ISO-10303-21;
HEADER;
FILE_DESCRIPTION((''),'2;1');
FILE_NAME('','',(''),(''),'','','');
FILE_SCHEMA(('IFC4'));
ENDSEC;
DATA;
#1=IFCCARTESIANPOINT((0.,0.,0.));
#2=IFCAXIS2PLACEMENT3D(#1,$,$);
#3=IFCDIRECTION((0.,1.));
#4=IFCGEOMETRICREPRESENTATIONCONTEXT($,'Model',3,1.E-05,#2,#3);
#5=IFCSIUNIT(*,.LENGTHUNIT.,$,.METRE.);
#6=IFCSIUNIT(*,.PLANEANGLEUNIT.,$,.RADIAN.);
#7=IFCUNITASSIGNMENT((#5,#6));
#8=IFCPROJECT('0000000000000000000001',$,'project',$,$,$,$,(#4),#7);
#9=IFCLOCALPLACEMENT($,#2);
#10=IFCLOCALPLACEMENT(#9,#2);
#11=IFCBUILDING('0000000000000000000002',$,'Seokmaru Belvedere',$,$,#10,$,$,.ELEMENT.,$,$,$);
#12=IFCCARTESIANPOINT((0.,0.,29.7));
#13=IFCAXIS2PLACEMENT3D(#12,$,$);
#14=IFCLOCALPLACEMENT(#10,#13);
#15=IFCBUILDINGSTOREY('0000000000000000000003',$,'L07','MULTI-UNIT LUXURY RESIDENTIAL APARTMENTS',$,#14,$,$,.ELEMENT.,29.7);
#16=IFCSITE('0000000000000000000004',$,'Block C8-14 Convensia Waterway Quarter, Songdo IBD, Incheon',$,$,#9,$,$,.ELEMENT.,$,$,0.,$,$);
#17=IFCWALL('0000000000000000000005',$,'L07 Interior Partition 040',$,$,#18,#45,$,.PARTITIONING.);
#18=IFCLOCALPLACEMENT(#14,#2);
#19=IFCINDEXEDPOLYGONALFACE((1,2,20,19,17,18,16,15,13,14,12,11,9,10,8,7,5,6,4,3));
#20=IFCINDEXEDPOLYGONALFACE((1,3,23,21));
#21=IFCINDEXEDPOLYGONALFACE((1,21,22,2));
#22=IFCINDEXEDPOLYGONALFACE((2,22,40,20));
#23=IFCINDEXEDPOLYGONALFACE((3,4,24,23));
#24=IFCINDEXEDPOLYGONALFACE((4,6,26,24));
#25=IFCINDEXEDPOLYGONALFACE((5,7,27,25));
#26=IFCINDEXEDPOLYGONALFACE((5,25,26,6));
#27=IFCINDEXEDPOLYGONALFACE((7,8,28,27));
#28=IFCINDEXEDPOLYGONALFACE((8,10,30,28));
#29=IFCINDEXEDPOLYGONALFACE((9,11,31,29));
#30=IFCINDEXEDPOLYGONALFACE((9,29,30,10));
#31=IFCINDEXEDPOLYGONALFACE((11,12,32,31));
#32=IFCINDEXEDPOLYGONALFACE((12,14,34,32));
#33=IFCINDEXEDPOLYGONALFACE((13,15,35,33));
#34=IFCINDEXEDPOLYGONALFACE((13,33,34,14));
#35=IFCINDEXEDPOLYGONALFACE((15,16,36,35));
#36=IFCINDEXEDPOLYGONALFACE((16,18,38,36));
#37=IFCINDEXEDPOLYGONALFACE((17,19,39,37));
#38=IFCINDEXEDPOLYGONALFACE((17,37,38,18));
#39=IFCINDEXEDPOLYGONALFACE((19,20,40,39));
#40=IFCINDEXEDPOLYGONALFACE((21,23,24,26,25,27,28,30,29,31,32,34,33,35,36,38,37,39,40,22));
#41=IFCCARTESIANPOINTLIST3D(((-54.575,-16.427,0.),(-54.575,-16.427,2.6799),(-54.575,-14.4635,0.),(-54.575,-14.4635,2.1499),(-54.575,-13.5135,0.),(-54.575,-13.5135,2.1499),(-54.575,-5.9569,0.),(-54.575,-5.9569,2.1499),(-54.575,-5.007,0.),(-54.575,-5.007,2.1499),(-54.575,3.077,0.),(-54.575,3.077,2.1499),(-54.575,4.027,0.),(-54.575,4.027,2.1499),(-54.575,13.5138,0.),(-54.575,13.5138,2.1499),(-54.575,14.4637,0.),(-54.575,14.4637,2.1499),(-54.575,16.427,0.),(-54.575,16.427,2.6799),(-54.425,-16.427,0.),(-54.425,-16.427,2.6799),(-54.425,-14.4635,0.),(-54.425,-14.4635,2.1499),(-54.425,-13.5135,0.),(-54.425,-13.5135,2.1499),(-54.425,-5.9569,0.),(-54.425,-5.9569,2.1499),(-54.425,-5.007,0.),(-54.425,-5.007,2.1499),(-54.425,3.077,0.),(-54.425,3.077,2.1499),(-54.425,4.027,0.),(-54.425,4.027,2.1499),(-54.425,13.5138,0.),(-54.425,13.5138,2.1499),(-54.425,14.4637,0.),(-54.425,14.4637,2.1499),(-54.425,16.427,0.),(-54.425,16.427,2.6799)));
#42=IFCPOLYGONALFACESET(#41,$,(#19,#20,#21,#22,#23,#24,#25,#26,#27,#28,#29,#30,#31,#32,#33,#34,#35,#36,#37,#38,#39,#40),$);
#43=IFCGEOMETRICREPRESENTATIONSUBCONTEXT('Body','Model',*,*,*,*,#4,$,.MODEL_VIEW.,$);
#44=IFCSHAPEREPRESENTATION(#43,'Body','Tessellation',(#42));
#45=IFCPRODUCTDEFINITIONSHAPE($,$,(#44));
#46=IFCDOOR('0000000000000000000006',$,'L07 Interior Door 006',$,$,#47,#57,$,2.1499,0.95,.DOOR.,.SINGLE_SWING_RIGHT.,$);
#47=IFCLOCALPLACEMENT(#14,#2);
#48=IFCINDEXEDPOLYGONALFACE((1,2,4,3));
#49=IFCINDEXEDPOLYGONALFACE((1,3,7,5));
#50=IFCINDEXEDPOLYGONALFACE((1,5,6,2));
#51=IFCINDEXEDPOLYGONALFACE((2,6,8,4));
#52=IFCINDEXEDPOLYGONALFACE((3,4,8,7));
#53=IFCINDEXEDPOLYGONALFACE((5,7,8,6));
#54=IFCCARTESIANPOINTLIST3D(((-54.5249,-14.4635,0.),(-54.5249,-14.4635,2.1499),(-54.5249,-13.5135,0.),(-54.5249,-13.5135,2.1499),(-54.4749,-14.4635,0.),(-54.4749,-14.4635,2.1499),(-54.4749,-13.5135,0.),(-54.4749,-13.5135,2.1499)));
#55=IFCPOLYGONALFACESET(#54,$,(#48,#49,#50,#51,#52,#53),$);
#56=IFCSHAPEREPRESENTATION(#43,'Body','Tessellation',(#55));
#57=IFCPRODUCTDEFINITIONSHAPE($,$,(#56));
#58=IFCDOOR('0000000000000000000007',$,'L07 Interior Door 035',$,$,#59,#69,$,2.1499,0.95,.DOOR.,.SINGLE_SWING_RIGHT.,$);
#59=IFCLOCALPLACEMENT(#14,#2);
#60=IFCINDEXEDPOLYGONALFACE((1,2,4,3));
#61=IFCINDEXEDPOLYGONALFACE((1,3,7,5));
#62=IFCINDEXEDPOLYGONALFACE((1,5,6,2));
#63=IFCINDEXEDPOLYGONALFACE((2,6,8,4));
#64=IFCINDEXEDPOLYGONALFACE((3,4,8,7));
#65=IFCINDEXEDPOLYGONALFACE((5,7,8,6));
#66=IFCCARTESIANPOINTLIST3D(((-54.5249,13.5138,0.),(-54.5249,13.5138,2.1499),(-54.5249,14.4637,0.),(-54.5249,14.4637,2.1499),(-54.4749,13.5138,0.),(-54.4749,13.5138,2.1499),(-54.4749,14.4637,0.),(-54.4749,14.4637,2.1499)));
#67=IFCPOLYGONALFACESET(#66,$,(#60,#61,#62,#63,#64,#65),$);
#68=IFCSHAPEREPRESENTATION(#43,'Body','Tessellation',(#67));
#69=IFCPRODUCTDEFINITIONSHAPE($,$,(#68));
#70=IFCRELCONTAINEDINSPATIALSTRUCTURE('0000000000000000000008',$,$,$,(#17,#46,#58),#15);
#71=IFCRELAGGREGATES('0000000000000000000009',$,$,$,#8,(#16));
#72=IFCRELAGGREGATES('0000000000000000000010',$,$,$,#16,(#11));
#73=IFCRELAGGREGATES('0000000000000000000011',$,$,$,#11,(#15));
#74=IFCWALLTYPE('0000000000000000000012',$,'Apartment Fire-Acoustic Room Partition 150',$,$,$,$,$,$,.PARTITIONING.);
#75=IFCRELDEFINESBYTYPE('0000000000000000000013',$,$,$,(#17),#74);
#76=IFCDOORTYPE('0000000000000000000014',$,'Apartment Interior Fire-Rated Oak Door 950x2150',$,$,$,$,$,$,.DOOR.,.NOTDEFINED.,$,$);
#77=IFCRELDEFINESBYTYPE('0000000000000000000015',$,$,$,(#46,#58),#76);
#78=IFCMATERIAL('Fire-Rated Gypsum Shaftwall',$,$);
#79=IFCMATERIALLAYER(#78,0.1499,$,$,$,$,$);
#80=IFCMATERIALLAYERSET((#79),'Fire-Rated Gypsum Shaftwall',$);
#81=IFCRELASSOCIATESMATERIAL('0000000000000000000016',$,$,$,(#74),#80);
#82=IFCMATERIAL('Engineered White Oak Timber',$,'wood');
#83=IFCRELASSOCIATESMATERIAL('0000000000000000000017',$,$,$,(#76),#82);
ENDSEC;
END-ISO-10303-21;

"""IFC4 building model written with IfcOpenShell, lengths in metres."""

from ifc_helpers import new_model, si_unit, direction, frame, frame_2d, origin, place, context, subcontext, project, spatial, rectangle, extrude, source, transform, mapped, material, layer, layer_set, type_object, type_shapes, element, fill, save


model = new_model("IFC4")

# Units and contexts
model_context = context("Model", 3, precision=1e-05, world=origin(), true_north=direction((0.0, 1.0)))
body_context = subcontext(model_context, "Body", "Model", "MODEL_VIEW")
ifc_project = project(units=[si_unit("LENGTHUNIT", "METRE"), si_unit("PLANEANGLEUNIT", "RADIAN")], contexts=[model_context])

# Site, building, storey
site_placement = place(None, origin())
site = spatial("IfcSite", under=ifc_project, at=site_placement, Name="Block C8-14 Convensia Waterway Quarter, Songdo IBD, Incheon", CompositionType="ELEMENT", RefElevation=0.0)
building_placement = place(site_placement, origin())
building = spatial("IfcBuilding", under=site, at=building_placement, Name="Seokmaru Belvedere", CompositionType="ELEMENT")
storey_placement = place(building_placement, frame((0.0, 0.0, 29.7)))
storey = spatial("IfcBuildingStorey", under=building, at=storey_placement, Name="L07", Description="MULTI-UNIT LUXURY RESIDENTIAL APARTMENTS", CompositionType="ELEMENT", Elevation=29.7)

# Shared definitions
ifc_material_1 = material(Name="Fire-Rated Gypsum Shaftwall")
ifc_layer_1 = layer(ifc_material_1, 0.1499)
ifc_layer_set_1 = layer_set([ifc_layer_1], Name="Fire-Rated Gypsum Shaftwall")
wall_type = type_object("IfcWallType", Name="Apartment Fire-Acoustic Room Partition 150", PredefinedType="PARTITIONING", material=ifc_layer_set_1)
ifc_material_2 = material(Name="Engineered White Oak Timber", Category="wood")
door_type = type_object("IfcDoorType", Name="Apartment Interior Fire-Rated Oak Door 950x2150", OperationType="NOTDEFINED", PredefinedType="DOOR", material=ifc_material_2)
shared_shape_1 = source(origin(), body_context, "Body", "SweptSolid", [
    extrude(rectangle(XDim=0.95, YDim=2.1499, at=frame_2d((0.4751, 1.075))), frame((0.0, 0.0249, 0.0), z_axis=(0.0, -1.0, 0.0), x_axis=(1.0, 0.0, 0.0)), (0.0, 0.0, 1.0), 0.05),
])
type_shapes(door_type, [shared_shape_1])

# Wall, openings, doors
wall_1_placement = place(storey_placement, frame((-54.5, -16.427, 0.0), z_axis=(0.0, 0.0, 1.0), x_axis=(0.0, 1.0, 0.0)))
wall_1 = element("IfcWall", 1, at=wall_1_placement, inside=storey, type_object=wall_type, Name="L07 Interior Partition 040", PredefinedType="PARTITIONING", context=body_context, shape_type="SweptSolid", body=[
    extrude(rectangle(XDim=32.854, YDim=0.1499, at=frame_2d((16.427, 0.0))), origin(), (0.0, 0.0, 1.0), 2.6799),
])
opening_1_placement = place(wall_1_placement, frame((1.9634, 0.0, 0.0)))
opening_1 = element("IfcOpeningElement", 2, at=opening_1_placement, cuts=wall_1, PredefinedType="OPENING", context=body_context, shape_type="SweptSolid", body=[
    extrude(rectangle(XDim=0.95, YDim=2.1499, at=frame_2d((0.4751, 1.075))), frame((0.0, 0.085, 0.0), z_axis=(0.0, -1.0, 0.0), x_axis=(1.0, 0.0, 0.0)), (0.0, 0.0, 1.0), 0.1699),
])
opening_2_placement = place(wall_1_placement, frame((10.47, 0.0, 0.0)))
element("IfcOpeningElement", 3, at=opening_2_placement, cuts=wall_1, PredefinedType="OPENING", context=body_context, shape_type="SweptSolid", body=[
    extrude(rectangle(XDim=0.95, YDim=2.1499, at=frame_2d((0.4751, 1.075))), frame((0.0, 0.085, 0.0), z_axis=(0.0, -1.0, 0.0), x_axis=(1.0, 0.0, 0.0)), (0.0, 0.0, 1.0), 0.1699),
])
opening_3_placement = place(wall_1_placement, frame((19.5039, 0.0, 0.0)))
element("IfcOpeningElement", 4, at=opening_3_placement, cuts=wall_1, PredefinedType="OPENING", context=body_context, shape_type="SweptSolid", body=[
    extrude(rectangle(XDim=0.95, YDim=2.1499, at=frame_2d((0.4751, 1.075))), frame((0.0, 0.085, 0.0), z_axis=(0.0, -1.0, 0.0), x_axis=(1.0, 0.0, 0.0)), (0.0, 0.0, 1.0), 0.1699),
])
opening_4_placement = place(wall_1_placement, frame((29.9407, 0.0, 0.0)))
opening_4 = element("IfcOpeningElement", 5, at=opening_4_placement, cuts=wall_1, PredefinedType="OPENING", context=body_context, shape_type="SweptSolid", body=[
    extrude(rectangle(XDim=0.95, YDim=2.1499, at=frame_2d((0.4751, 1.075))), frame((0.0, 0.085, 0.0), z_axis=(0.0, -1.0, 0.0), x_axis=(1.0, 0.0, 0.0)), (0.0, 0.0, 1.0), 0.1699),
])
door_1_placement = place(opening_1_placement, origin())
door_1 = element("IfcDoor", 6, at=door_1_placement, inside=storey, type_object=door_type, Name="L07 Interior Door 006", OperationType="SINGLE_SWING_RIGHT", OverallHeight=2.1499, OverallWidth=0.95, PredefinedType="DOOR", context=body_context, shape_type="MappedRepresentation", body=[
    mapped(shared_shape_1, transform((0.0, 0.0, 0.0), scale=1.0)),
])
fill(opening_1, door_1)
door_2_placement = place(opening_4_placement, origin())
door_2 = element("IfcDoor", 7, at=door_2_placement, inside=storey, type_object=door_type, Name="L07 Interior Door 035", OperationType="SINGLE_SWING_RIGHT", OverallHeight=2.1499, OverallWidth=0.95, PredefinedType="DOOR", context=body_context, shape_type="MappedRepresentation", body=[
    mapped(shared_shape_1, transform((0.0, 0.0, 0.0), scale=1.0)),
])
fill(opening_4, door_2)

save(model, "model.ifc")
